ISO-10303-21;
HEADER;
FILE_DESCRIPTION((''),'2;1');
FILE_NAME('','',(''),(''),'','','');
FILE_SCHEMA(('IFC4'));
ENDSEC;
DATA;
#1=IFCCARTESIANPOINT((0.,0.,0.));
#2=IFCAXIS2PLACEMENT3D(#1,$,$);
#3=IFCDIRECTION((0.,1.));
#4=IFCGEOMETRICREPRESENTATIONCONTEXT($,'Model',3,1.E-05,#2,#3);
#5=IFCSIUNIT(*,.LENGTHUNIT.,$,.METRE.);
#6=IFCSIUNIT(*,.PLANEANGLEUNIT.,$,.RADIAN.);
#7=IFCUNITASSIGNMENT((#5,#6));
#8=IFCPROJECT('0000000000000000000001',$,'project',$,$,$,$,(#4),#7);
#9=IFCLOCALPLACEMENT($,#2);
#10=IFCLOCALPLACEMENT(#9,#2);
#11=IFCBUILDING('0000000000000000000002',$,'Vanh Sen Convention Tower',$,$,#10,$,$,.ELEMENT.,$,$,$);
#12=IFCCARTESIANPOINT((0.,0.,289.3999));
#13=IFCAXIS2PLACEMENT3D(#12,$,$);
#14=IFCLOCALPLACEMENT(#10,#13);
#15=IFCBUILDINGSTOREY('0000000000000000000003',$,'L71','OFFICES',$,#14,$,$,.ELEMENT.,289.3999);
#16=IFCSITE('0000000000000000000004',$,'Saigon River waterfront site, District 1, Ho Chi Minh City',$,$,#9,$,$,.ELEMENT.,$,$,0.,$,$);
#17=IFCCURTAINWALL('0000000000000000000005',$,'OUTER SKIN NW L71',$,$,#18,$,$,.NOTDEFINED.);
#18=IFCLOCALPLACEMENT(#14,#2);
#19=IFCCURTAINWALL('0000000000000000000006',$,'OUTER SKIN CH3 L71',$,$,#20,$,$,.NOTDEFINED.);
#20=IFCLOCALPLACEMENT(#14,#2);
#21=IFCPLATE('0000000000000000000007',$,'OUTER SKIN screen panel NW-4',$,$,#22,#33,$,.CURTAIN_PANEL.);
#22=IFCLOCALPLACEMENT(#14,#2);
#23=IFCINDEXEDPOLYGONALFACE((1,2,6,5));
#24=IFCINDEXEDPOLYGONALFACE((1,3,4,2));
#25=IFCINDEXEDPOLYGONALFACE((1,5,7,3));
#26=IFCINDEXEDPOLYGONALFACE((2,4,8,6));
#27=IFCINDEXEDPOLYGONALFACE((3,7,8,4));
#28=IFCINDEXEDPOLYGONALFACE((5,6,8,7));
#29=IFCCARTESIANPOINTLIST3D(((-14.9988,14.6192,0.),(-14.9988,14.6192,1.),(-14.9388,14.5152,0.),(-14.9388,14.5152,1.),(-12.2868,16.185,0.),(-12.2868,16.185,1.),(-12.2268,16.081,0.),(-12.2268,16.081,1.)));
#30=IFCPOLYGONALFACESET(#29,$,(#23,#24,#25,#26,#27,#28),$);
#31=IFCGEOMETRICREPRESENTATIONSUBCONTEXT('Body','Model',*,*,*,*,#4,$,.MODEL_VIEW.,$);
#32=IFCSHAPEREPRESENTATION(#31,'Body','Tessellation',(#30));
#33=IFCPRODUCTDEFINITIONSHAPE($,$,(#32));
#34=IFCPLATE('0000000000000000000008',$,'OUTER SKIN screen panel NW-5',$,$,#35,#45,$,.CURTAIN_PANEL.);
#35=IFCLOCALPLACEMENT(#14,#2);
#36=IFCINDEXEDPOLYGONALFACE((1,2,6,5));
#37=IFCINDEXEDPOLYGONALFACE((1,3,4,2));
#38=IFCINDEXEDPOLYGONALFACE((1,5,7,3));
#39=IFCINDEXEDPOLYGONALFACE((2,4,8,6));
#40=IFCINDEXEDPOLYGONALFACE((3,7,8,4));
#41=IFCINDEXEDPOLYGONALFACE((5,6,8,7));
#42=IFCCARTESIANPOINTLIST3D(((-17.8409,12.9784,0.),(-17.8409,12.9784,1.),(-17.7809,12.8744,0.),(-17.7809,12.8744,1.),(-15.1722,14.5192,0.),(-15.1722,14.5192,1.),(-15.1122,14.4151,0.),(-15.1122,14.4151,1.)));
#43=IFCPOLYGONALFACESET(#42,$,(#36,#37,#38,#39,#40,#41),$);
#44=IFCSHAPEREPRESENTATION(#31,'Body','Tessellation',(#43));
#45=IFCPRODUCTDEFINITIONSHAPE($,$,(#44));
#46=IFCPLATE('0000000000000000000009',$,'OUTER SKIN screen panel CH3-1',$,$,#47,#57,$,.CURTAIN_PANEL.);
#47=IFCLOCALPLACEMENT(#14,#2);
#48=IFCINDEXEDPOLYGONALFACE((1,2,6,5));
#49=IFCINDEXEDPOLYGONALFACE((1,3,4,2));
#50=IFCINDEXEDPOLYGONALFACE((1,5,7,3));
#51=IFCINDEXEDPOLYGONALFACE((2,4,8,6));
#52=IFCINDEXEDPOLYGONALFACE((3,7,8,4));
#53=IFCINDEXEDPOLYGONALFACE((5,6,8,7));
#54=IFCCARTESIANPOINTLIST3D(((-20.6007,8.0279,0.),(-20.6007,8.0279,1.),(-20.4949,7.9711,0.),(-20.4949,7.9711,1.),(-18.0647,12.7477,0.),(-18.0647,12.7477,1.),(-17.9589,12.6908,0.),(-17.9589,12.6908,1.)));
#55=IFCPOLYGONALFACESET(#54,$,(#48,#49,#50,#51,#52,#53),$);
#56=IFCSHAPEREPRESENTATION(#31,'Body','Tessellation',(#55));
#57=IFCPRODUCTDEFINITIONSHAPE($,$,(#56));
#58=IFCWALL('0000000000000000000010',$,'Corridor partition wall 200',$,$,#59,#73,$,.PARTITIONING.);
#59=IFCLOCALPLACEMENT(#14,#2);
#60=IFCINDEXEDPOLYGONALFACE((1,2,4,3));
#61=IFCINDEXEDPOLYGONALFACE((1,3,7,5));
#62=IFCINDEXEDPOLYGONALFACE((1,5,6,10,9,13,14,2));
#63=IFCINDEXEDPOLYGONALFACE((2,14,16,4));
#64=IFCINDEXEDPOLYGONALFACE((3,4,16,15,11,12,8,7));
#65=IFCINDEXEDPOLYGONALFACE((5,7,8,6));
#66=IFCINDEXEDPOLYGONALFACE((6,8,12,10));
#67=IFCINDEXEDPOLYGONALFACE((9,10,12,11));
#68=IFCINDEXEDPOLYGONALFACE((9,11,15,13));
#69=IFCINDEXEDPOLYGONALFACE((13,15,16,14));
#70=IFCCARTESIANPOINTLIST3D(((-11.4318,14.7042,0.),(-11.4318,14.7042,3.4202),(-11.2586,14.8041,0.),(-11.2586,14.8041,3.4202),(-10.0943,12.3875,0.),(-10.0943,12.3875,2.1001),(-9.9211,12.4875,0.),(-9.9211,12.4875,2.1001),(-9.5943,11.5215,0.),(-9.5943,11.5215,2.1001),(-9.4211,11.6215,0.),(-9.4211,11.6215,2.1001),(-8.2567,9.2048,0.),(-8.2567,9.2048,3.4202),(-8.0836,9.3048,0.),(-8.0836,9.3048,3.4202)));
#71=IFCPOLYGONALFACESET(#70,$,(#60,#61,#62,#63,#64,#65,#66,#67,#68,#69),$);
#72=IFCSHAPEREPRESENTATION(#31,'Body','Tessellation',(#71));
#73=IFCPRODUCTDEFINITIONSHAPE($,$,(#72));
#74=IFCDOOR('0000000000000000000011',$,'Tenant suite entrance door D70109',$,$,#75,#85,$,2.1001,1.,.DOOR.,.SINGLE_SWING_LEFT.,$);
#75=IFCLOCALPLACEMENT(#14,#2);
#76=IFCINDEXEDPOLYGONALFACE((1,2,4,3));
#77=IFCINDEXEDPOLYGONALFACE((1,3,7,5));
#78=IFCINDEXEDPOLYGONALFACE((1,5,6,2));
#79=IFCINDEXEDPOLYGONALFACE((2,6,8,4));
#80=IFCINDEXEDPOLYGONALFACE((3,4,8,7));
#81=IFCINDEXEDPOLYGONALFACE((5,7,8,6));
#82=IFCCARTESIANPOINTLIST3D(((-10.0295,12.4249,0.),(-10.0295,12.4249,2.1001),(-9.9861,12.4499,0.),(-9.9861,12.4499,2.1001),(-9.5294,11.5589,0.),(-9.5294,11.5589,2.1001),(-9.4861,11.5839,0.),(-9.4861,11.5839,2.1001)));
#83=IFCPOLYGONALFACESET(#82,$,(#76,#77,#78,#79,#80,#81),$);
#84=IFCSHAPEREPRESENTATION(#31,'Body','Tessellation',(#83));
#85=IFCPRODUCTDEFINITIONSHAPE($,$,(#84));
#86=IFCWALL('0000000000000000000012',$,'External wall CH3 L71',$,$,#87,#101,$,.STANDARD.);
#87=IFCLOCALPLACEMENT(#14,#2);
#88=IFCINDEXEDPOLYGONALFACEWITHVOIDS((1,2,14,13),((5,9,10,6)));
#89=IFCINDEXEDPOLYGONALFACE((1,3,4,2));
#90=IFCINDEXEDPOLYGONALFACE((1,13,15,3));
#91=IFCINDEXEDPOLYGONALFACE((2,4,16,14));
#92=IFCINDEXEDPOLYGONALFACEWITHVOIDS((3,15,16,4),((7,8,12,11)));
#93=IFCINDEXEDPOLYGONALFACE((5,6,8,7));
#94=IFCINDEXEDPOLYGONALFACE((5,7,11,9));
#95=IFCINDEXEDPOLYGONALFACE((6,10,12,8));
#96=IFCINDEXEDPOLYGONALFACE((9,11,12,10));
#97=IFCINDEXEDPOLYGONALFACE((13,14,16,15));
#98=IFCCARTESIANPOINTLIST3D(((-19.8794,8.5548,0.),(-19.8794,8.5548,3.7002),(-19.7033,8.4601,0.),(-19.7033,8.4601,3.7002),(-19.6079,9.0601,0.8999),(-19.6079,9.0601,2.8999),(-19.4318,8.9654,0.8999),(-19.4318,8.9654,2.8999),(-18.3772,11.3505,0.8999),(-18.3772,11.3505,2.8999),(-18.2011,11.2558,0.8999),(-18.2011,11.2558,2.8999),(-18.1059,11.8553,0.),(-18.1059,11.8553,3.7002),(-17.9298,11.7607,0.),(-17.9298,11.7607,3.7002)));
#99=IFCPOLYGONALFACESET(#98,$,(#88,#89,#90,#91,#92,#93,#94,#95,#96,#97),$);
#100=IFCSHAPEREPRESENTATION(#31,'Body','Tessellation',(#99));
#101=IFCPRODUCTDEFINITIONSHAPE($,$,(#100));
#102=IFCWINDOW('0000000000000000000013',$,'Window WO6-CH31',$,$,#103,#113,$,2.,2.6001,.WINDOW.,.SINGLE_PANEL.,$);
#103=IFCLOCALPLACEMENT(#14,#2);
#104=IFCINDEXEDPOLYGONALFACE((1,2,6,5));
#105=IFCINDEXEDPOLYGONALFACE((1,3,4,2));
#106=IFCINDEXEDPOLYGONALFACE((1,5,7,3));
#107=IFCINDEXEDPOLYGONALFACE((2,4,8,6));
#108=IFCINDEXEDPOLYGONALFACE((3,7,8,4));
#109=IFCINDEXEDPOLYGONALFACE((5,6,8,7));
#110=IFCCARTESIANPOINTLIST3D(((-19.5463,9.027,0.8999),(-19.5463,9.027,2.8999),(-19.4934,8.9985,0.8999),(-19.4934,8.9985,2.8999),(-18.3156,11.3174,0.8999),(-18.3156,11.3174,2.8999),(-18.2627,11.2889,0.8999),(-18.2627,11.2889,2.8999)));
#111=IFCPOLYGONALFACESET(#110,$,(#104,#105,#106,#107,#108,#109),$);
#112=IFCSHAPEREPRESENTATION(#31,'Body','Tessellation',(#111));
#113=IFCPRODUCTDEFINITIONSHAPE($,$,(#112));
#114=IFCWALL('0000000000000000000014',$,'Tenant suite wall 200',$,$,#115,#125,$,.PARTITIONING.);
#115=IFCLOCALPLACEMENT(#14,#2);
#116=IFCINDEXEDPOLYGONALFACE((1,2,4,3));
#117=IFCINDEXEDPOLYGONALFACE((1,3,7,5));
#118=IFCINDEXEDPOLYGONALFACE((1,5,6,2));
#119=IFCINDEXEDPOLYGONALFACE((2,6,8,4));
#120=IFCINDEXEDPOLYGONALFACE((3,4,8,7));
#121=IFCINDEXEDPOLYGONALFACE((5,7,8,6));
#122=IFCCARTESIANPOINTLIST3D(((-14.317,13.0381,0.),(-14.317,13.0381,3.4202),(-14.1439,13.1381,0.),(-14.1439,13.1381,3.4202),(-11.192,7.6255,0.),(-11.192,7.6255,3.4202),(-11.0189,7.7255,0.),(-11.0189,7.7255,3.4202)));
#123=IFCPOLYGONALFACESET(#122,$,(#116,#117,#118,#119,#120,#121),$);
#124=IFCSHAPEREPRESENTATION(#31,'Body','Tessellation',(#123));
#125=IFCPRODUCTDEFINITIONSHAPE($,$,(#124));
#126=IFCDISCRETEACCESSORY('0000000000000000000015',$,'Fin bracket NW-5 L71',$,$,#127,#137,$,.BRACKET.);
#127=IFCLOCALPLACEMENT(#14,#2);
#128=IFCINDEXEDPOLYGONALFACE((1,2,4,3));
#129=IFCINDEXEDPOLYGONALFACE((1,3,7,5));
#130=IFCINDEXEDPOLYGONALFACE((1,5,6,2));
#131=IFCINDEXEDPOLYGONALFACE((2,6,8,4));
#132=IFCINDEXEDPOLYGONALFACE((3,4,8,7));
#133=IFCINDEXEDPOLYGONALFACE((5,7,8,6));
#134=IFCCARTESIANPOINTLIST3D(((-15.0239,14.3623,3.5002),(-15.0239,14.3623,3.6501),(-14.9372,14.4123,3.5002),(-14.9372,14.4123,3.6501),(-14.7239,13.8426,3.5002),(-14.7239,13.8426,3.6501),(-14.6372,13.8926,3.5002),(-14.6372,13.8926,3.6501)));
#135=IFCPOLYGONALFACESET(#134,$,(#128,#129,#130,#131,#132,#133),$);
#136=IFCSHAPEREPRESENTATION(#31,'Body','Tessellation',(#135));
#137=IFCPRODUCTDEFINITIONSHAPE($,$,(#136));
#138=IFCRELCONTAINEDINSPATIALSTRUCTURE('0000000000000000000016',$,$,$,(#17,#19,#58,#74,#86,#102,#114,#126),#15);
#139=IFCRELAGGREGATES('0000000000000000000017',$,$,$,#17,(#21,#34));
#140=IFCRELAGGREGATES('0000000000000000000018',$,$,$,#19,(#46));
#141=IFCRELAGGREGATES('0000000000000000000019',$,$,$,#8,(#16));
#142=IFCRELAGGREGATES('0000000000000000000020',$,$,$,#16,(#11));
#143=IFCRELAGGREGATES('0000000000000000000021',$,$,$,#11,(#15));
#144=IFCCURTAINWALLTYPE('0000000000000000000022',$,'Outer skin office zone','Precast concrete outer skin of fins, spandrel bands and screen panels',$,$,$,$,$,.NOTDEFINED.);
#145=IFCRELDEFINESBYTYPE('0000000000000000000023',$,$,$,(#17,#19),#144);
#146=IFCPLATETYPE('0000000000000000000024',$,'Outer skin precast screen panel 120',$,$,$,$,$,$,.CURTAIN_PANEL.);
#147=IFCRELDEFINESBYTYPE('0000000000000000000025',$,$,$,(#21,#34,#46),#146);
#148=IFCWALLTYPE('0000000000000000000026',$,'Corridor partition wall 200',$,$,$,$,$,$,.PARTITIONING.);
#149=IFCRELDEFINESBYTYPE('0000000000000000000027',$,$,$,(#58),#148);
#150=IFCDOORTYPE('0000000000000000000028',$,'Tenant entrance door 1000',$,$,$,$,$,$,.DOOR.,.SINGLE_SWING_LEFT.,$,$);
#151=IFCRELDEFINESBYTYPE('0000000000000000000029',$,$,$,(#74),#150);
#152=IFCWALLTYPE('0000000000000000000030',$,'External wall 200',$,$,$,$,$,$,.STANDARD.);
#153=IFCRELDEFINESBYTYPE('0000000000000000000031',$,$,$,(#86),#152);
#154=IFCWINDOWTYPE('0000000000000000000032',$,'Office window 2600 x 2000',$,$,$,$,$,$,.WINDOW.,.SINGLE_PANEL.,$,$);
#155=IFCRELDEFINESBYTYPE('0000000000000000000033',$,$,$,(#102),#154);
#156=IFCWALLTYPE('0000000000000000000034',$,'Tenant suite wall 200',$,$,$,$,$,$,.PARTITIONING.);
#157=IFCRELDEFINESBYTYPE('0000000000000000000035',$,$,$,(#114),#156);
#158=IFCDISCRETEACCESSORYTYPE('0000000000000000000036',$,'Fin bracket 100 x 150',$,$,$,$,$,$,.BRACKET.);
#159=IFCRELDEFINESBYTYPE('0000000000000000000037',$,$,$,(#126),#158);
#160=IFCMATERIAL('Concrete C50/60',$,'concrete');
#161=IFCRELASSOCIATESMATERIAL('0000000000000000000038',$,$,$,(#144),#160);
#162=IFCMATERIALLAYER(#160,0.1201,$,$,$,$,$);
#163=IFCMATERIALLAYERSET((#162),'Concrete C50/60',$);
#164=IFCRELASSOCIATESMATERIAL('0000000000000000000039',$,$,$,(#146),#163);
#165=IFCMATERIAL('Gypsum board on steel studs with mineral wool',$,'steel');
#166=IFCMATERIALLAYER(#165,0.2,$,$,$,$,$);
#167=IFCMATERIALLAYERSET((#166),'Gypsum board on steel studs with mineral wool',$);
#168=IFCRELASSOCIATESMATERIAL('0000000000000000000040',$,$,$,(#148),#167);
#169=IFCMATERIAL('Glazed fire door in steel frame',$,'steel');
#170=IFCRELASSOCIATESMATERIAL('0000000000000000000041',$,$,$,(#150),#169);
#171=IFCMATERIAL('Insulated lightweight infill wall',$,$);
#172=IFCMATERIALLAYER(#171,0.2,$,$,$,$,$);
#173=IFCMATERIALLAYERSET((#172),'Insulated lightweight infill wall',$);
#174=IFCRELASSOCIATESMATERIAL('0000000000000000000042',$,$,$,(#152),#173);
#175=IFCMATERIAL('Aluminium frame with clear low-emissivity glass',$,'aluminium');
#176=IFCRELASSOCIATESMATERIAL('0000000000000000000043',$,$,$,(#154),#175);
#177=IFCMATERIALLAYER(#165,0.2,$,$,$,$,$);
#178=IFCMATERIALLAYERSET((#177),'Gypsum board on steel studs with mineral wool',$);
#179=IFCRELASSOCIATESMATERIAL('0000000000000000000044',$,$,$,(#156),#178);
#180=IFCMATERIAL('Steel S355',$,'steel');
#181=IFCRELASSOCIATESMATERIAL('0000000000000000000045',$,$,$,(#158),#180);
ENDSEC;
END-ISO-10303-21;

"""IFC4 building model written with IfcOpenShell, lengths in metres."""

from ifc_helpers import new_model, si_unit, direction, frame, frame_2d, origin, origin_2d, place, context, subcontext, project, spatial, rectangle, extrude, material, layer, layer_set, type_object, element, fill, aggregate, save


model = new_model("IFC4")

# Units and contexts
model_context = context("Model", 3, precision=1e-05, world=origin(), true_north=direction((0.0, 1.0)))
body_context = subcontext(model_context, "Body", "Model", "MODEL_VIEW")
ifc_project = project(units=[si_unit("LENGTHUNIT", "METRE"), si_unit("PLANEANGLEUNIT", "RADIAN")], contexts=[model_context])

# Site, building, storey
site_placement = place(None, origin())
site = spatial("IfcSite", under=ifc_project, at=site_placement, Name="Saigon River waterfront site, District 1, Ho Chi Minh City", CompositionType="ELEMENT", RefElevation=0.0)
building_placement = place(site_placement, origin())
building = spatial("IfcBuilding", under=site, at=building_placement, Name="Vanh Sen Convention Tower", CompositionType="ELEMENT")
storey_placement = place(building_placement, frame((0.0, 0.0, 289.3999)))
storey = spatial("IfcBuildingStorey", under=building, at=storey_placement, Name="L71", Description="OFFICES", CompositionType="ELEMENT", Elevation=289.3999)

# Curtain wall
ifc_material_1 = material(Name="Concrete C50/60", Category="concrete")
curtain_wall_type = type_object("IfcCurtainWallType", Name="Outer skin office zone", Description="Precast concrete outer skin of fins, spandrel bands and screen panels", PredefinedType="NOTDEFINED", material=ifc_material_1)
curtain_wall_1_placement = place(storey_placement, origin())
curtain_wall_1 = element("IfcCurtainWall", 1, at=curtain_wall_1_placement, inside=storey, type_object=curtain_wall_type, Name="OUTER SKIN NW L71", PredefinedType="NOTDEFINED")

# Curtain wall
curtain_wall_2_placement = place(storey_placement, origin())
curtain_wall_2 = element("IfcCurtainWall", 2, at=curtain_wall_2_placement, inside=storey, type_object=curtain_wall_type, Name="OUTER SKIN CH3 L71", PredefinedType="NOTDEFINED")

# Plates
ifc_layer_1 = layer(ifc_material_1, 0.1201)
ifc_layer_set_1 = layer_set([ifc_layer_1], Name="Concrete C50/60")
plate_type = type_object("IfcPlateType", Name="Outer skin precast screen panel 120", PredefinedType="CURTAIN_PANEL", material=ifc_layer_set_1)
plate_1_placement = place(storey_placement, frame((-13.6128, 15.3501, 0.0), z_axis=(0.0, 0.0, 1.0), x_axis=(-0.866016, -0.500017, 0.0)))
plate_1 = element("IfcPlate", 3, at=plate_1_placement, type_object=plate_type, Name="OUTER SKIN screen panel NW-4", PredefinedType="CURTAIN_PANEL", context=body_context, shape_type="SweptSolid", body=[
    extrude(rectangle(XDim=3.1316, YDim=0.1201, at=origin_2d()), origin(), (0.0, 0.0, 1.0), 1.0),
])
plate_2_placement = place(storey_placement, frame((-16.4766, 13.6968, 0.0), z_axis=(0.0, 0.0, 1.0), x_axis=(-0.866029, -0.499994, 0.0)))
plate_2 = element("IfcPlate", 4, at=plate_2_placement, type_object=plate_type, Name="OUTER SKIN screen panel NW-5", PredefinedType="CURTAIN_PANEL", context=body_context, shape_type="SweptSolid", body=[
    extrude(rectangle(XDim=3.0815, YDim=0.1201, at=origin_2d()), origin(), (0.0, 0.0, 1.0), 1.0),
])
aggregate(curtain_wall_1, [plate_1, plate_2])
plate_3_placement = place(storey_placement, frame((-19.2798, 10.3594, 0.0), z_axis=(0.0, 0.0, 1.0), x_axis=(-0.473324, -0.880888, 0.0)))
plate_3 = element("IfcPlate", 5, at=plate_3_placement, type_object=plate_type, Name="OUTER SKIN screen panel CH3-1", PredefinedType="CURTAIN_PANEL", context=body_context, shape_type="SweptSolid", body=[
    extrude(rectangle(XDim=5.3579, YDim=0.1201, at=origin_2d()), origin(), (0.0, 0.0, 1.0), 1.0),
])
aggregate(curtain_wall_2, [plate_3])

# Wall, opening, door
ifc_material_2 = material(Name="Gypsum board on steel studs with mineral wool", Category="steel")
ifc_layer_2 = layer(ifc_material_2, 0.2)
ifc_layer_set_2 = layer_set([ifc_layer_2], Name="Gypsum board on steel studs with mineral wool")
wall_type_1 = type_object("IfcWallType", Name="Corridor partition wall 200", PredefinedType="PARTITIONING", material=ifc_layer_set_2)
wall_1_placement = place(storey_placement, frame((-11.3452, 14.7542, 0.0), z_axis=(0.0, 0.0, 1.0), x_axis=(0.500005, -0.866022, 0.0)))
wall_1 = element("IfcWall", 6, at=wall_1_placement, inside=storey, type_object=wall_type_1, Name="Corridor partition wall 200", PredefinedType="PARTITIONING", context=body_context, shape_type="SweptSolid", body=[
    extrude(rectangle(XDim=6.3501, YDim=0.2, at=frame_2d((3.175, 0.0))), origin(), (0.0, 0.0, 1.0), 3.4202),
])
opening_1_placement = place(wall_1_placement, frame((2.675, 0.0, 0.0)))
opening_1 = element("IfcOpeningElement", 7, at=opening_1_placement, cuts=wall_1, PredefinedType="OPENING", context=body_context, shape_type="SweptSolid", body=[
    extrude(rectangle(XDim=1.0, YDim=2.1001, at=frame_2d((0.5, 1.05))), frame((0.0, 0.1099, 0.0), z_axis=(0.0, -1.0, 0.0), x_axis=(1.0, 0.0, 0.0)), (0.0, 0.0, 1.0), 0.22),
])
ifc_material_3 = material(Name="Glazed fire door in steel frame", Category="steel")
door_type = type_object("IfcDoorType", Name="Tenant entrance door 1000", OperationType="SINGLE_SWING_LEFT", PredefinedType="DOOR", material=ifc_material_3)
door_placement = place(opening_1_placement, origin())
door = element("IfcDoor", 8, at=door_placement, inside=storey, type_object=door_type, Name="Tenant suite entrance door D70109", OperationType="SINGLE_SWING_LEFT", OverallHeight=2.1001, OverallWidth=1.0, PredefinedType="DOOR", context=body_context, shape_type="SweptSolid", body=[
    extrude(rectangle(XDim=1.0, YDim=2.1001, at=frame_2d((0.5, 1.05))), frame((0.0, 0.0249, 0.0), z_axis=(0.0, -1.0, 0.0), x_axis=(1.0, 0.0, 0.0)), (0.0, 0.0, 1.0), 0.05),
])
fill(opening_1, door)

# Wall, opening, window
ifc_material_4 = material(Name="Insulated lightweight infill wall")
ifc_layer_3 = layer(ifc_material_4, 0.2)
ifc_layer_set_3 = layer_set([ifc_layer_3], Name="Insulated lightweight infill wall")
wall_type_2 = type_object("IfcWallType", Name="External wall 200", PredefinedType="STANDARD", material=ifc_layer_set_3)
wall_2_placement = place(storey_placement, frame((-18.0178, 11.8081, 0.0), z_axis=(0.0, 0.0, 1.0), x_axis=(-0.473319, -0.880891, 0.0)))
wall_2 = element("IfcWall", 9, at=wall_2_placement, inside=storey, type_object=wall_type_2, Name="External wall CH3 L71", PredefinedType="STANDARD", context=body_context, shape_type="SweptSolid", body=[
    extrude(rectangle(XDim=3.7468, YDim=0.2, at=frame_2d((1.8735, 0.0))), origin(), (0.0, 0.0, 1.0), 3.7002),
])
opening_2_placement = place(wall_2_placement, frame((0.5732, 0.0, 0.8999)))
opening_2 = element("IfcOpeningElement", 10, at=opening_2_placement, cuts=wall_2, PredefinedType="OPENING", context=body_context, shape_type="SweptSolid", body=[
    extrude(rectangle(XDim=2.6001, YDim=2.0, at=frame_2d((1.3, 1.0))), frame((0.0, 0.1099, 0.0), z_axis=(0.0, -1.0, 0.0), x_axis=(1.0, 0.0, 0.0)), (0.0, 0.0, 1.0), 0.22),
])
ifc_material_5 = material(Name="Aluminium frame with clear low-emissivity glass", Category="aluminium")
window_type = type_object("IfcWindowType", Name="Office window 2600 x 2000", PartitioningType="SINGLE_PANEL", PredefinedType="WINDOW", material=ifc_material_5)
window_placement = place(opening_2_placement, origin())
window = element("IfcWindow", 11, at=window_placement, inside=storey, type_object=window_type, Name="Window WO6-CH31", OverallHeight=2.0, OverallWidth=2.6001, PartitioningType="SINGLE_PANEL", PredefinedType="WINDOW", context=body_context, shape_type="SweptSolid", body=[
    extrude(rectangle(XDim=2.6001, YDim=2.0, at=frame_2d((1.3, 1.0))), frame((0.0, 0.03, 0.0), z_axis=(0.0, -1.0, 0.0), x_axis=(1.0, 0.0, 0.0)), (0.0, 0.0, 1.0), 0.0601),
])
fill(opening_2, window)

# Wall
ifc_layer_4 = layer(ifc_material_2, 0.2)
ifc_layer_set_4 = layer_set([ifc_layer_4], Name="Gypsum board on steel studs with mineral wool")
wall_type_3 = type_object("IfcWallType", Name="Tenant suite wall 200", PredefinedType="PARTITIONING", material=ifc_layer_set_4)
wall_3_placement = place(storey_placement, frame((-14.2305, 13.0881, 0.0), z_axis=(0.0, 0.0, 1.0), x_axis=(0.500004, -0.866023, 0.0)))
element("IfcWall", 12, at=wall_3_placement, inside=storey, type_object=wall_type_3, Name="Tenant suite wall 200", PredefinedType="PARTITIONING", context=body_context, shape_type="SweptSolid", body=[
    extrude(rectangle(XDim=6.25, YDim=0.2, at=frame_2d((3.125, 0.0))), origin(), (0.0, 0.0, 1.0), 3.4202),
])

# Discrete accessory
ifc_material_6 = material(Name="Steel S355", Category="steel")
discrete_accessory_type = type_object("IfcDiscreteAccessoryType", Name="Fin bracket 100 x 150", PredefinedType="BRACKET", material=ifc_material_6)
discrete_accessory_placement = place(storey_placement, frame((-14.8306, 14.1274, 3.5002), z_axis=(0.0, 0.0, 1.0), x_axis=(-0.5, 0.866025, 0.0)))
element("IfcDiscreteAccessory", 13, at=discrete_accessory_placement, inside=storey, type_object=discrete_accessory_type, Name="Fin bracket NW-5 L71", PredefinedType="BRACKET", context=body_context, shape_type="SweptSolid", body=[
    extrude(rectangle(XDim=0.6001, YDim=0.1001, at=origin_2d()), origin(), (0.0, 0.0, 1.0), 0.1499),
])

save(model, "model.ifc")
